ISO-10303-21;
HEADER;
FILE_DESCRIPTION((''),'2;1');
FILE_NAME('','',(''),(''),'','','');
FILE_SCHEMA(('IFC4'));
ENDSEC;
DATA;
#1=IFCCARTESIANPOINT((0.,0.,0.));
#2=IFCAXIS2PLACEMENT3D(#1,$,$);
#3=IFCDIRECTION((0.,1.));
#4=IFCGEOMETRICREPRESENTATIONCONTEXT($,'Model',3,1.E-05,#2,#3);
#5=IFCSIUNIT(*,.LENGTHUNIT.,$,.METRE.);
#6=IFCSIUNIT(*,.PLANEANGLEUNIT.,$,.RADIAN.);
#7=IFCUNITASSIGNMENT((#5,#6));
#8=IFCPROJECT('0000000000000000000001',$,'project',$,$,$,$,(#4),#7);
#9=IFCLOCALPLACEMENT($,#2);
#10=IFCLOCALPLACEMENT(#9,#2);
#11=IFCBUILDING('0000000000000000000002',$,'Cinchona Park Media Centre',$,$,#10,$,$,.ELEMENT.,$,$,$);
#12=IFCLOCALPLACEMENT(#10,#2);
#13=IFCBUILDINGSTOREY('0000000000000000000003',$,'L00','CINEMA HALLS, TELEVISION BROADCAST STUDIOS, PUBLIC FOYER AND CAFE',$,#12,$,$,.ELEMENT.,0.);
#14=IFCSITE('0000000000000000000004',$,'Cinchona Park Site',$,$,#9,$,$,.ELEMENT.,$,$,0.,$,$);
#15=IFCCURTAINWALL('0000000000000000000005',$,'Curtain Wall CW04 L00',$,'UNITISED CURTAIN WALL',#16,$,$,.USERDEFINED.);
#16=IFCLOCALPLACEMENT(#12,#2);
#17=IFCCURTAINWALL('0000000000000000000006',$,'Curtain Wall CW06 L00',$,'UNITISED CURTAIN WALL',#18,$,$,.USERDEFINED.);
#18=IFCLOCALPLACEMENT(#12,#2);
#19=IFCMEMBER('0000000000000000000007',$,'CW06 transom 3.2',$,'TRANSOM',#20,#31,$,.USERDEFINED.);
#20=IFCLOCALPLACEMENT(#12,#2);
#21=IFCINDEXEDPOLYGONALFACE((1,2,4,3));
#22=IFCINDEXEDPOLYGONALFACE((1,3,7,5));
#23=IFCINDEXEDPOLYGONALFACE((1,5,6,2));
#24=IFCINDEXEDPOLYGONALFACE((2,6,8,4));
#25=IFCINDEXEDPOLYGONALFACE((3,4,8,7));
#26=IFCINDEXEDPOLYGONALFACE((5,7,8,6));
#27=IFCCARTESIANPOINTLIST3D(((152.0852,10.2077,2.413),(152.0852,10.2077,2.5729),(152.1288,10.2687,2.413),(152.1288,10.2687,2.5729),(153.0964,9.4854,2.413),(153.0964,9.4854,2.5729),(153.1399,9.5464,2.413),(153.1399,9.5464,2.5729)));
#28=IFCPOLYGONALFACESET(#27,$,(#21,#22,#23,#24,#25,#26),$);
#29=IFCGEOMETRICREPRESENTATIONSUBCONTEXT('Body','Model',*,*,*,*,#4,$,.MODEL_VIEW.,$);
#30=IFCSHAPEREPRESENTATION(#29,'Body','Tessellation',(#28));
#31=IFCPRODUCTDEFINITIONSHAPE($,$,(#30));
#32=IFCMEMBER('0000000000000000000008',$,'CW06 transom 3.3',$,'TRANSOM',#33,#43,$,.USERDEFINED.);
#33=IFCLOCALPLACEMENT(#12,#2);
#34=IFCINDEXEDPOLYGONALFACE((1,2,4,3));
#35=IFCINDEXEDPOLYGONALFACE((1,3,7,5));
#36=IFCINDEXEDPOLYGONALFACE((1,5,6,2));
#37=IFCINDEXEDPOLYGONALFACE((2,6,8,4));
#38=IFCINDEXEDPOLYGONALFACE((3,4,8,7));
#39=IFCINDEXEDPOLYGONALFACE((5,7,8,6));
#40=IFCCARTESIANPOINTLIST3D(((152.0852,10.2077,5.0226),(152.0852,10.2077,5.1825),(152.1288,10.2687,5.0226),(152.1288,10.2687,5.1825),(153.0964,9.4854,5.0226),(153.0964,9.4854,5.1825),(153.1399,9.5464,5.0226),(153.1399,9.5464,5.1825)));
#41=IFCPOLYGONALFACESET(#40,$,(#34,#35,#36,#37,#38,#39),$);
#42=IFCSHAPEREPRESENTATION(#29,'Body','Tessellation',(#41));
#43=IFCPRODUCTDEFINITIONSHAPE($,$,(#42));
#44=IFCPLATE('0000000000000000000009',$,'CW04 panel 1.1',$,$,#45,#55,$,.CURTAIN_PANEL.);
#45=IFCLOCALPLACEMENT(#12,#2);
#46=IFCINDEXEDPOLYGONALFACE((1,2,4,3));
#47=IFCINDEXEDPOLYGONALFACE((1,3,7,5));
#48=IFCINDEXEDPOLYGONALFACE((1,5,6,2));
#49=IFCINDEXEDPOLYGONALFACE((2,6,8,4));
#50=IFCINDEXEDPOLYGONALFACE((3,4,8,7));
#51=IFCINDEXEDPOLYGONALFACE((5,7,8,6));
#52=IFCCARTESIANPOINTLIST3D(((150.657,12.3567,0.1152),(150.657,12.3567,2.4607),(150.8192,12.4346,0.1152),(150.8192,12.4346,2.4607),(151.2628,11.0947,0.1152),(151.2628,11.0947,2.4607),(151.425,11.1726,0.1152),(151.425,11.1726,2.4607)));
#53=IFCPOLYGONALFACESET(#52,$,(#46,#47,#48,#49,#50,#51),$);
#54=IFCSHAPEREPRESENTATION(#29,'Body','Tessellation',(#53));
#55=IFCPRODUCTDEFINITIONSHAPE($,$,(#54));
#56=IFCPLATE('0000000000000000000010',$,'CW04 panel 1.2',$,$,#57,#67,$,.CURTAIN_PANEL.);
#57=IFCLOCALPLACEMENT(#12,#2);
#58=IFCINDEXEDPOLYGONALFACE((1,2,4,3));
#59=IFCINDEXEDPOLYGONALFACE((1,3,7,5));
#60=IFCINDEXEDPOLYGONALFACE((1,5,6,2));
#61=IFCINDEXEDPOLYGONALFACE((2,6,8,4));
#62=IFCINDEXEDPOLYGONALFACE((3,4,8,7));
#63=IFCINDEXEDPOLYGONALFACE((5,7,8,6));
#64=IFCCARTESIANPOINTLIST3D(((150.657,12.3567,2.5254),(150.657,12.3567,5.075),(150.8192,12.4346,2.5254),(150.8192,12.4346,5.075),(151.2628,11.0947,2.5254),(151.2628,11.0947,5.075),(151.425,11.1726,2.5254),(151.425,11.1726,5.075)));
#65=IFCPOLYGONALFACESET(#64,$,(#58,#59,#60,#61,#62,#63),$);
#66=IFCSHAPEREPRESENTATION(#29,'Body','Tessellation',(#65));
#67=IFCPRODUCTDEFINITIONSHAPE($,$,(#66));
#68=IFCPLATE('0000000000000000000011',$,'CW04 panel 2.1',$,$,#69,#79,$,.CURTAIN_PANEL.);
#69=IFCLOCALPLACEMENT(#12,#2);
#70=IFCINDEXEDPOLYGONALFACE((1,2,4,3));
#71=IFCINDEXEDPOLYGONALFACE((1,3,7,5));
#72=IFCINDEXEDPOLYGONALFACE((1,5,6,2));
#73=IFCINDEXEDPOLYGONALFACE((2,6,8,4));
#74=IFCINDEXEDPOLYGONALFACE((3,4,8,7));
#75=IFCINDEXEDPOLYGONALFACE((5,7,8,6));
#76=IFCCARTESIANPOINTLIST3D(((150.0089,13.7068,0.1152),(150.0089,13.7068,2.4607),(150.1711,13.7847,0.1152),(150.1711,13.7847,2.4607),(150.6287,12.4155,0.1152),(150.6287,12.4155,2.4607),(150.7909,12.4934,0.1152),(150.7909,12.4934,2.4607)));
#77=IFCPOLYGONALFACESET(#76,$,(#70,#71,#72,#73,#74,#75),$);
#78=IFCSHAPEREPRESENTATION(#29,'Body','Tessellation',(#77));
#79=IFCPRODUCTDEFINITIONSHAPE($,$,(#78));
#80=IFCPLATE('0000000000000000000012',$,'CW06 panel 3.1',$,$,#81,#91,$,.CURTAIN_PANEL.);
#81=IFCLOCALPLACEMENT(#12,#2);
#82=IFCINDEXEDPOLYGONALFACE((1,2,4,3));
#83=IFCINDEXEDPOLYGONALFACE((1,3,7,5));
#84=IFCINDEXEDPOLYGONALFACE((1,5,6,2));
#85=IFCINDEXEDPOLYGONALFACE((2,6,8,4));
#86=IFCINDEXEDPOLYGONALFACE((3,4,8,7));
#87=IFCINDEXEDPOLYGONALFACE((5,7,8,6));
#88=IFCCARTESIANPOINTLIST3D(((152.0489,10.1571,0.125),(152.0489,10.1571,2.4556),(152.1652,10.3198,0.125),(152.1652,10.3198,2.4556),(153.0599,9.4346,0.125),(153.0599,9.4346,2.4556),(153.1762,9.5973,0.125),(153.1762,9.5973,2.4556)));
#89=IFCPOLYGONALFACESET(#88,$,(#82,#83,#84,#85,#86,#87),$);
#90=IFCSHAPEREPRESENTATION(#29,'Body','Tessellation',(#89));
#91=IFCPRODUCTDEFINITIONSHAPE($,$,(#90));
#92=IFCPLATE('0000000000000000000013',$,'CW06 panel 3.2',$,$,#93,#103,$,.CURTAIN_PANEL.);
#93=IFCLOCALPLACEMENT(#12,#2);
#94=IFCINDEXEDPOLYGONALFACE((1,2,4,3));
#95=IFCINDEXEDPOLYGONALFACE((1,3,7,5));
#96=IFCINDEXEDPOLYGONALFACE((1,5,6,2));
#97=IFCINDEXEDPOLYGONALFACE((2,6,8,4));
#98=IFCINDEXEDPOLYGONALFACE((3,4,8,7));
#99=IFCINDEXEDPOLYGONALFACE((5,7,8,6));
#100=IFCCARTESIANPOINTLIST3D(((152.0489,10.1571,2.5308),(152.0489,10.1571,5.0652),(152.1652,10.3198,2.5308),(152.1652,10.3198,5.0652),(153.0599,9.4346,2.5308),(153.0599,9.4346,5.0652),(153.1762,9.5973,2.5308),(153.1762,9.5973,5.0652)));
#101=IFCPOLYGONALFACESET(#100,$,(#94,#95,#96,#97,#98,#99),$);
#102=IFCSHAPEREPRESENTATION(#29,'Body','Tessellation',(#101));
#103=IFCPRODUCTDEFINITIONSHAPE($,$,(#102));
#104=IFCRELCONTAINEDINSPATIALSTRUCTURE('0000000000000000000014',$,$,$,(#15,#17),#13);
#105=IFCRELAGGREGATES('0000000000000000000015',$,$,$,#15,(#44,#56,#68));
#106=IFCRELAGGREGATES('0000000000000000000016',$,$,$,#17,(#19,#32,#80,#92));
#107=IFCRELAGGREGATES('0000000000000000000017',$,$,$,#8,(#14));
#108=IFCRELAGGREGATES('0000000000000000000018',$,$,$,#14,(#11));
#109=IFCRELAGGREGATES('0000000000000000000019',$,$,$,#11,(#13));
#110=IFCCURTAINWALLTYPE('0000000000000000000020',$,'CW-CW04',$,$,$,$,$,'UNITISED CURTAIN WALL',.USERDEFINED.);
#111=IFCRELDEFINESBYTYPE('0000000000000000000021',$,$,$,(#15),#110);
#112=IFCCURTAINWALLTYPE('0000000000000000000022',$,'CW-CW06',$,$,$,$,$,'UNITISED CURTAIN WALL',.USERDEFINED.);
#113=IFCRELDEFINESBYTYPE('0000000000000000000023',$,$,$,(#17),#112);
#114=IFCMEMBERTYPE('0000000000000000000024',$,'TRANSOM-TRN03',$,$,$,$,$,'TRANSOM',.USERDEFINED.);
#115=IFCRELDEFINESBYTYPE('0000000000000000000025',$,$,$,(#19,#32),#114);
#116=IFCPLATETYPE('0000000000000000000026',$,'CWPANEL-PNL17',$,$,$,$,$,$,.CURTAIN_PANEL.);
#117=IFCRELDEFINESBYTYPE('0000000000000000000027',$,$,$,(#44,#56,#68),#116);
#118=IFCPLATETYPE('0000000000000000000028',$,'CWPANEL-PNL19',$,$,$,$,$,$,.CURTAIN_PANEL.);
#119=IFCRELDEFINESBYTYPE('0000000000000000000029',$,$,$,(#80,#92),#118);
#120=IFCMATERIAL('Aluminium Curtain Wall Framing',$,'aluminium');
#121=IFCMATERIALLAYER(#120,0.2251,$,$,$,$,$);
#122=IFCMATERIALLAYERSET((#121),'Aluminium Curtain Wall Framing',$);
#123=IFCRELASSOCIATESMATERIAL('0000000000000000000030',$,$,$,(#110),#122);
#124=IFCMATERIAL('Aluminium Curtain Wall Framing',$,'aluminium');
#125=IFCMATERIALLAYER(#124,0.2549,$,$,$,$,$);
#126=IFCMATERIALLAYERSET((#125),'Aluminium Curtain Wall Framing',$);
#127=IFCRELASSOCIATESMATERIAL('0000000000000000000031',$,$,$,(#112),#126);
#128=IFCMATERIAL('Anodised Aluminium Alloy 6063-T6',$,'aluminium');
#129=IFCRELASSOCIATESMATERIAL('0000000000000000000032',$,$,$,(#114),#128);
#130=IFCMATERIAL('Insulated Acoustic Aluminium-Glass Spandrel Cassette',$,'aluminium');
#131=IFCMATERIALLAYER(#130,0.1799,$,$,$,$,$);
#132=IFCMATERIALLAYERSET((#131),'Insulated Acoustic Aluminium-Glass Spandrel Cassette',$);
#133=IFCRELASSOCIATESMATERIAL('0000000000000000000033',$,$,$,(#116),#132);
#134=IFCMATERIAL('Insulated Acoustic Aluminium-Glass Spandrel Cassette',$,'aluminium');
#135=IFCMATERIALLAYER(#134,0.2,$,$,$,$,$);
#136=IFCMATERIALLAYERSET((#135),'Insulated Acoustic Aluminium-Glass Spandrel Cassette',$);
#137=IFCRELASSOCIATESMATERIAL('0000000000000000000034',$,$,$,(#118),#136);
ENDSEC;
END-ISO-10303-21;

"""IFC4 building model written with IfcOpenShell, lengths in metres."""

from ifc_helpers import new_model, si_unit, direction, frame, origin, origin_2d, place, context, subcontext, project, spatial, rectangle, extrude, material, layer, layer_set, material_profile, profile_set, type_object, element, aggregate, save


model = new_model("IFC4")

# Units and contexts
model_context = context("Model", 3, precision=1e-05, world=origin(), true_north=direction((0.0, 1.0)))
body_context = subcontext(model_context, "Body", "Model", "MODEL_VIEW")
ifc_project = project(units=[si_unit("LENGTHUNIT", "METRE"), si_unit("PLANEANGLEUNIT", "RADIAN")], contexts=[model_context])

# Site, building, storey
site_placement = place(None, origin())
site = spatial("IfcSite", under=ifc_project, at=site_placement, Name="Cinchona Park Site", CompositionType="ELEMENT", RefElevation=0.0)
building_placement = place(site_placement, origin())
building = spatial("IfcBuilding", under=site, at=building_placement, Name="Cinchona Park Media Centre", CompositionType="ELEMENT")
storey_placement = place(building_placement, origin())
storey = spatial("IfcBuildingStorey", under=building, at=storey_placement, Name="L00", Description="CINEMA HALLS, TELEVISION BROADCAST STUDIOS, PUBLIC FOYER AND CAFE", CompositionType="ELEMENT", Elevation=0.0)

# Curtain walls
ifc_material_1 = material(Name="Aluminium Curtain Wall Framing", Category="aluminium")
ifc_layer_1 = layer(ifc_material_1, 0.2251)
ifc_layer_set_1 = layer_set([ifc_layer_1], Name="Aluminium Curtain Wall Framing")
curtain_wall_type_1 = type_object("IfcCurtainWallType", Name="CW-CW04", ElementType="UNITISED CURTAIN WALL", PredefinedType="USERDEFINED", material=ifc_layer_set_1)
curtain_wall_1_placement = place(storey_placement, origin())
curtain_wall_1 = element("IfcCurtainWall", 1, at=curtain_wall_1_placement, inside=storey, type_object=curtain_wall_type_1, Name="Curtain Wall CW04 L00", ObjectType="UNITISED CURTAIN WALL", PredefinedType="USERDEFINED")
ifc_material_2 = material(Name="Aluminium Curtain Wall Framing", Category="aluminium")
ifc_layer_2 = layer(ifc_material_2, 0.2549)
ifc_layer_set_2 = layer_set([ifc_layer_2], Name="Aluminium Curtain Wall Framing")
curtain_wall_type_2 = type_object("IfcCurtainWallType", Name="CW-CW06", ElementType="UNITISED CURTAIN WALL", PredefinedType="USERDEFINED", material=ifc_layer_set_2)
curtain_wall_2_placement = place(storey_placement, origin())
curtain_wall_2 = element("IfcCurtainWall", 2, at=curtain_wall_2_placement, inside=storey, type_object=curtain_wall_type_2, Name="Curtain Wall CW06 L00", ObjectType="UNITISED CURTAIN WALL", PredefinedType="USERDEFINED")

# Members
ifc_material_3 = material(Name="Anodised Aluminium Alloy 6063-T6", Category="aluminium")
ifc_material_profile_1 = material_profile(ifc_material_3, rectangle(XDim=0.075, YDim=0.1599, at=origin_2d()), Name="TRN-75X160")
ifc_profile_set_1 = profile_set([ifc_material_profile_1], Name="Anodised Aluminium Alloy 6063-T6")
member_type_1 = type_object("IfcMemberType", Name="TRANSOM-TRN03", ElementType="TRANSOM", PredefinedType="USERDEFINED", material=ifc_profile_set_1)
member_1_placement = place(storey_placement, frame((153.1182, 9.5159, 2.4929), z_axis=(-0.813694, 0.581294, 0.0), x_axis=(-0.581294, -0.813694, 0.0)))
member_1 = element("IfcMember", 3, at=member_1_placement, type_object=member_type_1, Name="CW06 transom 3.2", ObjectType="TRANSOM", PredefinedType="USERDEFINED", context=body_context, shape_type="SweptSolid", body=[
    extrude(rectangle(XDim=0.075, YDim=0.1599, at=origin_2d()), origin(), (0.0, 0.0, 1.0), 1.2427),
])
member_2_placement = place(storey_placement, frame((153.1182, 9.5159, 5.1025), z_axis=(-0.813694, 0.581294, 0.0), x_axis=(-0.581294, -0.813694, 0.0)))
member_2 = element("IfcMember", 4, at=member_2_placement, type_object=member_type_1, Name="CW06 transom 3.3", ObjectType="TRANSOM", PredefinedType="USERDEFINED", context=body_context, shape_type="SweptSolid", body=[
    extrude(rectangle(XDim=0.075, YDim=0.1599, at=origin_2d()), origin(), (0.0, 0.0, 1.0), 1.2427),
])

# Plates
ifc_material_4 = material(Name="Insulated Acoustic Aluminium-Glass Spandrel Cassette", Category="aluminium")
ifc_layer_3 = layer(ifc_material_4, 0.1799)
ifc_layer_set_3 = layer_set([ifc_layer_3], Name="Insulated Acoustic Aluminium-Glass Spandrel Cassette")
plate_type_1 = type_object("IfcPlateType", Name="CWPANEL-PNL17", PredefinedType="CURTAIN_PANEL", material=ifc_layer_set_3)
plate_1_placement = place(storey_placement, frame((151.041, 11.7646, 0.1152), z_axis=(0.0, 0.0, 1.0), x_axis=(-0.432731, 0.901523, 0.0)))
plate_1 = element("IfcPlate", 5, at=plate_1_placement, type_object=plate_type_1, Name="CW04 panel 1.1", PredefinedType="CURTAIN_PANEL", context=body_context, shape_type="SweptSolid", body=[
    extrude(rectangle(XDim=1.3999, YDim=0.1799, at=origin_2d()), origin(), (0.0, 0.0, 1.0), 2.3455),
])
plate_2_placement = place(storey_placement, frame((151.041, 11.7646, 2.5254), z_axis=(0.0, 0.0, 1.0), x_axis=(-0.432731, 0.901523, 0.0)))
plate_2 = element("IfcPlate", 6, at=plate_2_placement, type_object=plate_type_1, Name="CW04 panel 1.2", PredefinedType="CURTAIN_PANEL", context=body_context, shape_type="SweptSolid", body=[
    extrude(rectangle(XDim=1.3999, YDim=0.1799, at=origin_2d()), origin(), (0.0, 0.0, 1.0), 2.5496),
])
plate_3_placement = place(storey_placement, frame((150.3999, 13.1001, 0.1152), z_axis=(0.0, 0.0, 1.0), x_axis=(-0.432731, 0.901523, 0.0)))
plate_3 = element("IfcPlate", 7, at=plate_3_placement, type_object=plate_type_1, Name="CW04 panel 2.1", PredefinedType="CURTAIN_PANEL", context=body_context, shape_type="SweptSolid", body=[
    extrude(rectangle(XDim=1.4324, YDim=0.1799, at=origin_2d()), origin(), (0.0, 0.0, 1.0), 2.3455),
])
aggregate(curtain_wall_1, [plate_1, plate_2, plate_3])
ifc_material_5 = material(Name="Insulated Acoustic Aluminium-Glass Spandrel Cassette", Category="aluminium")
ifc_layer_4 = layer(ifc_material_5, 0.2)
ifc_layer_set_4 = layer_set([ifc_layer_4], Name="Insulated Acoustic Aluminium-Glass Spandrel Cassette")
plate_type_2 = type_object("IfcPlateType", Name="CWPANEL-PNL19", PredefinedType="CURTAIN_PANEL", material=ifc_layer_set_4)
plate_4_placement = place(storey_placement, frame((152.6125, 9.8772, 0.125), z_axis=(0.0, 0.0, 1.0), x_axis=(-0.813601, 0.581424, 0.0)))
plate_4 = element("IfcPlate", 8, at=plate_4_placement, type_object=plate_type_2, Name="CW06 panel 3.1", PredefinedType="CURTAIN_PANEL", context=body_context, shape_type="SweptSolid", body=[
    extrude(rectangle(XDim=1.2427, YDim=0.2, at=origin_2d()), origin(), (0.0, 0.0, 1.0), 2.3306),
])
plate_5_placement = place(storey_placement, frame((152.6125, 9.8772, 2.5308), z_axis=(0.0, 0.0, 1.0), x_axis=(-0.813601, 0.581424, 0.0)))
plate_5 = element("IfcPlate", 9, at=plate_5_placement, type_object=plate_type_2, Name="CW06 panel 3.2", PredefinedType="CURTAIN_PANEL", context=body_context, shape_type="SweptSolid", body=[
    extrude(rectangle(XDim=1.2427, YDim=0.2, at=origin_2d()), origin(), (0.0, 0.0, 1.0), 2.5344),
])
aggregate(curtain_wall_2, [member_1, member_2, plate_4, plate_5])

save(model, "model.ifc")
